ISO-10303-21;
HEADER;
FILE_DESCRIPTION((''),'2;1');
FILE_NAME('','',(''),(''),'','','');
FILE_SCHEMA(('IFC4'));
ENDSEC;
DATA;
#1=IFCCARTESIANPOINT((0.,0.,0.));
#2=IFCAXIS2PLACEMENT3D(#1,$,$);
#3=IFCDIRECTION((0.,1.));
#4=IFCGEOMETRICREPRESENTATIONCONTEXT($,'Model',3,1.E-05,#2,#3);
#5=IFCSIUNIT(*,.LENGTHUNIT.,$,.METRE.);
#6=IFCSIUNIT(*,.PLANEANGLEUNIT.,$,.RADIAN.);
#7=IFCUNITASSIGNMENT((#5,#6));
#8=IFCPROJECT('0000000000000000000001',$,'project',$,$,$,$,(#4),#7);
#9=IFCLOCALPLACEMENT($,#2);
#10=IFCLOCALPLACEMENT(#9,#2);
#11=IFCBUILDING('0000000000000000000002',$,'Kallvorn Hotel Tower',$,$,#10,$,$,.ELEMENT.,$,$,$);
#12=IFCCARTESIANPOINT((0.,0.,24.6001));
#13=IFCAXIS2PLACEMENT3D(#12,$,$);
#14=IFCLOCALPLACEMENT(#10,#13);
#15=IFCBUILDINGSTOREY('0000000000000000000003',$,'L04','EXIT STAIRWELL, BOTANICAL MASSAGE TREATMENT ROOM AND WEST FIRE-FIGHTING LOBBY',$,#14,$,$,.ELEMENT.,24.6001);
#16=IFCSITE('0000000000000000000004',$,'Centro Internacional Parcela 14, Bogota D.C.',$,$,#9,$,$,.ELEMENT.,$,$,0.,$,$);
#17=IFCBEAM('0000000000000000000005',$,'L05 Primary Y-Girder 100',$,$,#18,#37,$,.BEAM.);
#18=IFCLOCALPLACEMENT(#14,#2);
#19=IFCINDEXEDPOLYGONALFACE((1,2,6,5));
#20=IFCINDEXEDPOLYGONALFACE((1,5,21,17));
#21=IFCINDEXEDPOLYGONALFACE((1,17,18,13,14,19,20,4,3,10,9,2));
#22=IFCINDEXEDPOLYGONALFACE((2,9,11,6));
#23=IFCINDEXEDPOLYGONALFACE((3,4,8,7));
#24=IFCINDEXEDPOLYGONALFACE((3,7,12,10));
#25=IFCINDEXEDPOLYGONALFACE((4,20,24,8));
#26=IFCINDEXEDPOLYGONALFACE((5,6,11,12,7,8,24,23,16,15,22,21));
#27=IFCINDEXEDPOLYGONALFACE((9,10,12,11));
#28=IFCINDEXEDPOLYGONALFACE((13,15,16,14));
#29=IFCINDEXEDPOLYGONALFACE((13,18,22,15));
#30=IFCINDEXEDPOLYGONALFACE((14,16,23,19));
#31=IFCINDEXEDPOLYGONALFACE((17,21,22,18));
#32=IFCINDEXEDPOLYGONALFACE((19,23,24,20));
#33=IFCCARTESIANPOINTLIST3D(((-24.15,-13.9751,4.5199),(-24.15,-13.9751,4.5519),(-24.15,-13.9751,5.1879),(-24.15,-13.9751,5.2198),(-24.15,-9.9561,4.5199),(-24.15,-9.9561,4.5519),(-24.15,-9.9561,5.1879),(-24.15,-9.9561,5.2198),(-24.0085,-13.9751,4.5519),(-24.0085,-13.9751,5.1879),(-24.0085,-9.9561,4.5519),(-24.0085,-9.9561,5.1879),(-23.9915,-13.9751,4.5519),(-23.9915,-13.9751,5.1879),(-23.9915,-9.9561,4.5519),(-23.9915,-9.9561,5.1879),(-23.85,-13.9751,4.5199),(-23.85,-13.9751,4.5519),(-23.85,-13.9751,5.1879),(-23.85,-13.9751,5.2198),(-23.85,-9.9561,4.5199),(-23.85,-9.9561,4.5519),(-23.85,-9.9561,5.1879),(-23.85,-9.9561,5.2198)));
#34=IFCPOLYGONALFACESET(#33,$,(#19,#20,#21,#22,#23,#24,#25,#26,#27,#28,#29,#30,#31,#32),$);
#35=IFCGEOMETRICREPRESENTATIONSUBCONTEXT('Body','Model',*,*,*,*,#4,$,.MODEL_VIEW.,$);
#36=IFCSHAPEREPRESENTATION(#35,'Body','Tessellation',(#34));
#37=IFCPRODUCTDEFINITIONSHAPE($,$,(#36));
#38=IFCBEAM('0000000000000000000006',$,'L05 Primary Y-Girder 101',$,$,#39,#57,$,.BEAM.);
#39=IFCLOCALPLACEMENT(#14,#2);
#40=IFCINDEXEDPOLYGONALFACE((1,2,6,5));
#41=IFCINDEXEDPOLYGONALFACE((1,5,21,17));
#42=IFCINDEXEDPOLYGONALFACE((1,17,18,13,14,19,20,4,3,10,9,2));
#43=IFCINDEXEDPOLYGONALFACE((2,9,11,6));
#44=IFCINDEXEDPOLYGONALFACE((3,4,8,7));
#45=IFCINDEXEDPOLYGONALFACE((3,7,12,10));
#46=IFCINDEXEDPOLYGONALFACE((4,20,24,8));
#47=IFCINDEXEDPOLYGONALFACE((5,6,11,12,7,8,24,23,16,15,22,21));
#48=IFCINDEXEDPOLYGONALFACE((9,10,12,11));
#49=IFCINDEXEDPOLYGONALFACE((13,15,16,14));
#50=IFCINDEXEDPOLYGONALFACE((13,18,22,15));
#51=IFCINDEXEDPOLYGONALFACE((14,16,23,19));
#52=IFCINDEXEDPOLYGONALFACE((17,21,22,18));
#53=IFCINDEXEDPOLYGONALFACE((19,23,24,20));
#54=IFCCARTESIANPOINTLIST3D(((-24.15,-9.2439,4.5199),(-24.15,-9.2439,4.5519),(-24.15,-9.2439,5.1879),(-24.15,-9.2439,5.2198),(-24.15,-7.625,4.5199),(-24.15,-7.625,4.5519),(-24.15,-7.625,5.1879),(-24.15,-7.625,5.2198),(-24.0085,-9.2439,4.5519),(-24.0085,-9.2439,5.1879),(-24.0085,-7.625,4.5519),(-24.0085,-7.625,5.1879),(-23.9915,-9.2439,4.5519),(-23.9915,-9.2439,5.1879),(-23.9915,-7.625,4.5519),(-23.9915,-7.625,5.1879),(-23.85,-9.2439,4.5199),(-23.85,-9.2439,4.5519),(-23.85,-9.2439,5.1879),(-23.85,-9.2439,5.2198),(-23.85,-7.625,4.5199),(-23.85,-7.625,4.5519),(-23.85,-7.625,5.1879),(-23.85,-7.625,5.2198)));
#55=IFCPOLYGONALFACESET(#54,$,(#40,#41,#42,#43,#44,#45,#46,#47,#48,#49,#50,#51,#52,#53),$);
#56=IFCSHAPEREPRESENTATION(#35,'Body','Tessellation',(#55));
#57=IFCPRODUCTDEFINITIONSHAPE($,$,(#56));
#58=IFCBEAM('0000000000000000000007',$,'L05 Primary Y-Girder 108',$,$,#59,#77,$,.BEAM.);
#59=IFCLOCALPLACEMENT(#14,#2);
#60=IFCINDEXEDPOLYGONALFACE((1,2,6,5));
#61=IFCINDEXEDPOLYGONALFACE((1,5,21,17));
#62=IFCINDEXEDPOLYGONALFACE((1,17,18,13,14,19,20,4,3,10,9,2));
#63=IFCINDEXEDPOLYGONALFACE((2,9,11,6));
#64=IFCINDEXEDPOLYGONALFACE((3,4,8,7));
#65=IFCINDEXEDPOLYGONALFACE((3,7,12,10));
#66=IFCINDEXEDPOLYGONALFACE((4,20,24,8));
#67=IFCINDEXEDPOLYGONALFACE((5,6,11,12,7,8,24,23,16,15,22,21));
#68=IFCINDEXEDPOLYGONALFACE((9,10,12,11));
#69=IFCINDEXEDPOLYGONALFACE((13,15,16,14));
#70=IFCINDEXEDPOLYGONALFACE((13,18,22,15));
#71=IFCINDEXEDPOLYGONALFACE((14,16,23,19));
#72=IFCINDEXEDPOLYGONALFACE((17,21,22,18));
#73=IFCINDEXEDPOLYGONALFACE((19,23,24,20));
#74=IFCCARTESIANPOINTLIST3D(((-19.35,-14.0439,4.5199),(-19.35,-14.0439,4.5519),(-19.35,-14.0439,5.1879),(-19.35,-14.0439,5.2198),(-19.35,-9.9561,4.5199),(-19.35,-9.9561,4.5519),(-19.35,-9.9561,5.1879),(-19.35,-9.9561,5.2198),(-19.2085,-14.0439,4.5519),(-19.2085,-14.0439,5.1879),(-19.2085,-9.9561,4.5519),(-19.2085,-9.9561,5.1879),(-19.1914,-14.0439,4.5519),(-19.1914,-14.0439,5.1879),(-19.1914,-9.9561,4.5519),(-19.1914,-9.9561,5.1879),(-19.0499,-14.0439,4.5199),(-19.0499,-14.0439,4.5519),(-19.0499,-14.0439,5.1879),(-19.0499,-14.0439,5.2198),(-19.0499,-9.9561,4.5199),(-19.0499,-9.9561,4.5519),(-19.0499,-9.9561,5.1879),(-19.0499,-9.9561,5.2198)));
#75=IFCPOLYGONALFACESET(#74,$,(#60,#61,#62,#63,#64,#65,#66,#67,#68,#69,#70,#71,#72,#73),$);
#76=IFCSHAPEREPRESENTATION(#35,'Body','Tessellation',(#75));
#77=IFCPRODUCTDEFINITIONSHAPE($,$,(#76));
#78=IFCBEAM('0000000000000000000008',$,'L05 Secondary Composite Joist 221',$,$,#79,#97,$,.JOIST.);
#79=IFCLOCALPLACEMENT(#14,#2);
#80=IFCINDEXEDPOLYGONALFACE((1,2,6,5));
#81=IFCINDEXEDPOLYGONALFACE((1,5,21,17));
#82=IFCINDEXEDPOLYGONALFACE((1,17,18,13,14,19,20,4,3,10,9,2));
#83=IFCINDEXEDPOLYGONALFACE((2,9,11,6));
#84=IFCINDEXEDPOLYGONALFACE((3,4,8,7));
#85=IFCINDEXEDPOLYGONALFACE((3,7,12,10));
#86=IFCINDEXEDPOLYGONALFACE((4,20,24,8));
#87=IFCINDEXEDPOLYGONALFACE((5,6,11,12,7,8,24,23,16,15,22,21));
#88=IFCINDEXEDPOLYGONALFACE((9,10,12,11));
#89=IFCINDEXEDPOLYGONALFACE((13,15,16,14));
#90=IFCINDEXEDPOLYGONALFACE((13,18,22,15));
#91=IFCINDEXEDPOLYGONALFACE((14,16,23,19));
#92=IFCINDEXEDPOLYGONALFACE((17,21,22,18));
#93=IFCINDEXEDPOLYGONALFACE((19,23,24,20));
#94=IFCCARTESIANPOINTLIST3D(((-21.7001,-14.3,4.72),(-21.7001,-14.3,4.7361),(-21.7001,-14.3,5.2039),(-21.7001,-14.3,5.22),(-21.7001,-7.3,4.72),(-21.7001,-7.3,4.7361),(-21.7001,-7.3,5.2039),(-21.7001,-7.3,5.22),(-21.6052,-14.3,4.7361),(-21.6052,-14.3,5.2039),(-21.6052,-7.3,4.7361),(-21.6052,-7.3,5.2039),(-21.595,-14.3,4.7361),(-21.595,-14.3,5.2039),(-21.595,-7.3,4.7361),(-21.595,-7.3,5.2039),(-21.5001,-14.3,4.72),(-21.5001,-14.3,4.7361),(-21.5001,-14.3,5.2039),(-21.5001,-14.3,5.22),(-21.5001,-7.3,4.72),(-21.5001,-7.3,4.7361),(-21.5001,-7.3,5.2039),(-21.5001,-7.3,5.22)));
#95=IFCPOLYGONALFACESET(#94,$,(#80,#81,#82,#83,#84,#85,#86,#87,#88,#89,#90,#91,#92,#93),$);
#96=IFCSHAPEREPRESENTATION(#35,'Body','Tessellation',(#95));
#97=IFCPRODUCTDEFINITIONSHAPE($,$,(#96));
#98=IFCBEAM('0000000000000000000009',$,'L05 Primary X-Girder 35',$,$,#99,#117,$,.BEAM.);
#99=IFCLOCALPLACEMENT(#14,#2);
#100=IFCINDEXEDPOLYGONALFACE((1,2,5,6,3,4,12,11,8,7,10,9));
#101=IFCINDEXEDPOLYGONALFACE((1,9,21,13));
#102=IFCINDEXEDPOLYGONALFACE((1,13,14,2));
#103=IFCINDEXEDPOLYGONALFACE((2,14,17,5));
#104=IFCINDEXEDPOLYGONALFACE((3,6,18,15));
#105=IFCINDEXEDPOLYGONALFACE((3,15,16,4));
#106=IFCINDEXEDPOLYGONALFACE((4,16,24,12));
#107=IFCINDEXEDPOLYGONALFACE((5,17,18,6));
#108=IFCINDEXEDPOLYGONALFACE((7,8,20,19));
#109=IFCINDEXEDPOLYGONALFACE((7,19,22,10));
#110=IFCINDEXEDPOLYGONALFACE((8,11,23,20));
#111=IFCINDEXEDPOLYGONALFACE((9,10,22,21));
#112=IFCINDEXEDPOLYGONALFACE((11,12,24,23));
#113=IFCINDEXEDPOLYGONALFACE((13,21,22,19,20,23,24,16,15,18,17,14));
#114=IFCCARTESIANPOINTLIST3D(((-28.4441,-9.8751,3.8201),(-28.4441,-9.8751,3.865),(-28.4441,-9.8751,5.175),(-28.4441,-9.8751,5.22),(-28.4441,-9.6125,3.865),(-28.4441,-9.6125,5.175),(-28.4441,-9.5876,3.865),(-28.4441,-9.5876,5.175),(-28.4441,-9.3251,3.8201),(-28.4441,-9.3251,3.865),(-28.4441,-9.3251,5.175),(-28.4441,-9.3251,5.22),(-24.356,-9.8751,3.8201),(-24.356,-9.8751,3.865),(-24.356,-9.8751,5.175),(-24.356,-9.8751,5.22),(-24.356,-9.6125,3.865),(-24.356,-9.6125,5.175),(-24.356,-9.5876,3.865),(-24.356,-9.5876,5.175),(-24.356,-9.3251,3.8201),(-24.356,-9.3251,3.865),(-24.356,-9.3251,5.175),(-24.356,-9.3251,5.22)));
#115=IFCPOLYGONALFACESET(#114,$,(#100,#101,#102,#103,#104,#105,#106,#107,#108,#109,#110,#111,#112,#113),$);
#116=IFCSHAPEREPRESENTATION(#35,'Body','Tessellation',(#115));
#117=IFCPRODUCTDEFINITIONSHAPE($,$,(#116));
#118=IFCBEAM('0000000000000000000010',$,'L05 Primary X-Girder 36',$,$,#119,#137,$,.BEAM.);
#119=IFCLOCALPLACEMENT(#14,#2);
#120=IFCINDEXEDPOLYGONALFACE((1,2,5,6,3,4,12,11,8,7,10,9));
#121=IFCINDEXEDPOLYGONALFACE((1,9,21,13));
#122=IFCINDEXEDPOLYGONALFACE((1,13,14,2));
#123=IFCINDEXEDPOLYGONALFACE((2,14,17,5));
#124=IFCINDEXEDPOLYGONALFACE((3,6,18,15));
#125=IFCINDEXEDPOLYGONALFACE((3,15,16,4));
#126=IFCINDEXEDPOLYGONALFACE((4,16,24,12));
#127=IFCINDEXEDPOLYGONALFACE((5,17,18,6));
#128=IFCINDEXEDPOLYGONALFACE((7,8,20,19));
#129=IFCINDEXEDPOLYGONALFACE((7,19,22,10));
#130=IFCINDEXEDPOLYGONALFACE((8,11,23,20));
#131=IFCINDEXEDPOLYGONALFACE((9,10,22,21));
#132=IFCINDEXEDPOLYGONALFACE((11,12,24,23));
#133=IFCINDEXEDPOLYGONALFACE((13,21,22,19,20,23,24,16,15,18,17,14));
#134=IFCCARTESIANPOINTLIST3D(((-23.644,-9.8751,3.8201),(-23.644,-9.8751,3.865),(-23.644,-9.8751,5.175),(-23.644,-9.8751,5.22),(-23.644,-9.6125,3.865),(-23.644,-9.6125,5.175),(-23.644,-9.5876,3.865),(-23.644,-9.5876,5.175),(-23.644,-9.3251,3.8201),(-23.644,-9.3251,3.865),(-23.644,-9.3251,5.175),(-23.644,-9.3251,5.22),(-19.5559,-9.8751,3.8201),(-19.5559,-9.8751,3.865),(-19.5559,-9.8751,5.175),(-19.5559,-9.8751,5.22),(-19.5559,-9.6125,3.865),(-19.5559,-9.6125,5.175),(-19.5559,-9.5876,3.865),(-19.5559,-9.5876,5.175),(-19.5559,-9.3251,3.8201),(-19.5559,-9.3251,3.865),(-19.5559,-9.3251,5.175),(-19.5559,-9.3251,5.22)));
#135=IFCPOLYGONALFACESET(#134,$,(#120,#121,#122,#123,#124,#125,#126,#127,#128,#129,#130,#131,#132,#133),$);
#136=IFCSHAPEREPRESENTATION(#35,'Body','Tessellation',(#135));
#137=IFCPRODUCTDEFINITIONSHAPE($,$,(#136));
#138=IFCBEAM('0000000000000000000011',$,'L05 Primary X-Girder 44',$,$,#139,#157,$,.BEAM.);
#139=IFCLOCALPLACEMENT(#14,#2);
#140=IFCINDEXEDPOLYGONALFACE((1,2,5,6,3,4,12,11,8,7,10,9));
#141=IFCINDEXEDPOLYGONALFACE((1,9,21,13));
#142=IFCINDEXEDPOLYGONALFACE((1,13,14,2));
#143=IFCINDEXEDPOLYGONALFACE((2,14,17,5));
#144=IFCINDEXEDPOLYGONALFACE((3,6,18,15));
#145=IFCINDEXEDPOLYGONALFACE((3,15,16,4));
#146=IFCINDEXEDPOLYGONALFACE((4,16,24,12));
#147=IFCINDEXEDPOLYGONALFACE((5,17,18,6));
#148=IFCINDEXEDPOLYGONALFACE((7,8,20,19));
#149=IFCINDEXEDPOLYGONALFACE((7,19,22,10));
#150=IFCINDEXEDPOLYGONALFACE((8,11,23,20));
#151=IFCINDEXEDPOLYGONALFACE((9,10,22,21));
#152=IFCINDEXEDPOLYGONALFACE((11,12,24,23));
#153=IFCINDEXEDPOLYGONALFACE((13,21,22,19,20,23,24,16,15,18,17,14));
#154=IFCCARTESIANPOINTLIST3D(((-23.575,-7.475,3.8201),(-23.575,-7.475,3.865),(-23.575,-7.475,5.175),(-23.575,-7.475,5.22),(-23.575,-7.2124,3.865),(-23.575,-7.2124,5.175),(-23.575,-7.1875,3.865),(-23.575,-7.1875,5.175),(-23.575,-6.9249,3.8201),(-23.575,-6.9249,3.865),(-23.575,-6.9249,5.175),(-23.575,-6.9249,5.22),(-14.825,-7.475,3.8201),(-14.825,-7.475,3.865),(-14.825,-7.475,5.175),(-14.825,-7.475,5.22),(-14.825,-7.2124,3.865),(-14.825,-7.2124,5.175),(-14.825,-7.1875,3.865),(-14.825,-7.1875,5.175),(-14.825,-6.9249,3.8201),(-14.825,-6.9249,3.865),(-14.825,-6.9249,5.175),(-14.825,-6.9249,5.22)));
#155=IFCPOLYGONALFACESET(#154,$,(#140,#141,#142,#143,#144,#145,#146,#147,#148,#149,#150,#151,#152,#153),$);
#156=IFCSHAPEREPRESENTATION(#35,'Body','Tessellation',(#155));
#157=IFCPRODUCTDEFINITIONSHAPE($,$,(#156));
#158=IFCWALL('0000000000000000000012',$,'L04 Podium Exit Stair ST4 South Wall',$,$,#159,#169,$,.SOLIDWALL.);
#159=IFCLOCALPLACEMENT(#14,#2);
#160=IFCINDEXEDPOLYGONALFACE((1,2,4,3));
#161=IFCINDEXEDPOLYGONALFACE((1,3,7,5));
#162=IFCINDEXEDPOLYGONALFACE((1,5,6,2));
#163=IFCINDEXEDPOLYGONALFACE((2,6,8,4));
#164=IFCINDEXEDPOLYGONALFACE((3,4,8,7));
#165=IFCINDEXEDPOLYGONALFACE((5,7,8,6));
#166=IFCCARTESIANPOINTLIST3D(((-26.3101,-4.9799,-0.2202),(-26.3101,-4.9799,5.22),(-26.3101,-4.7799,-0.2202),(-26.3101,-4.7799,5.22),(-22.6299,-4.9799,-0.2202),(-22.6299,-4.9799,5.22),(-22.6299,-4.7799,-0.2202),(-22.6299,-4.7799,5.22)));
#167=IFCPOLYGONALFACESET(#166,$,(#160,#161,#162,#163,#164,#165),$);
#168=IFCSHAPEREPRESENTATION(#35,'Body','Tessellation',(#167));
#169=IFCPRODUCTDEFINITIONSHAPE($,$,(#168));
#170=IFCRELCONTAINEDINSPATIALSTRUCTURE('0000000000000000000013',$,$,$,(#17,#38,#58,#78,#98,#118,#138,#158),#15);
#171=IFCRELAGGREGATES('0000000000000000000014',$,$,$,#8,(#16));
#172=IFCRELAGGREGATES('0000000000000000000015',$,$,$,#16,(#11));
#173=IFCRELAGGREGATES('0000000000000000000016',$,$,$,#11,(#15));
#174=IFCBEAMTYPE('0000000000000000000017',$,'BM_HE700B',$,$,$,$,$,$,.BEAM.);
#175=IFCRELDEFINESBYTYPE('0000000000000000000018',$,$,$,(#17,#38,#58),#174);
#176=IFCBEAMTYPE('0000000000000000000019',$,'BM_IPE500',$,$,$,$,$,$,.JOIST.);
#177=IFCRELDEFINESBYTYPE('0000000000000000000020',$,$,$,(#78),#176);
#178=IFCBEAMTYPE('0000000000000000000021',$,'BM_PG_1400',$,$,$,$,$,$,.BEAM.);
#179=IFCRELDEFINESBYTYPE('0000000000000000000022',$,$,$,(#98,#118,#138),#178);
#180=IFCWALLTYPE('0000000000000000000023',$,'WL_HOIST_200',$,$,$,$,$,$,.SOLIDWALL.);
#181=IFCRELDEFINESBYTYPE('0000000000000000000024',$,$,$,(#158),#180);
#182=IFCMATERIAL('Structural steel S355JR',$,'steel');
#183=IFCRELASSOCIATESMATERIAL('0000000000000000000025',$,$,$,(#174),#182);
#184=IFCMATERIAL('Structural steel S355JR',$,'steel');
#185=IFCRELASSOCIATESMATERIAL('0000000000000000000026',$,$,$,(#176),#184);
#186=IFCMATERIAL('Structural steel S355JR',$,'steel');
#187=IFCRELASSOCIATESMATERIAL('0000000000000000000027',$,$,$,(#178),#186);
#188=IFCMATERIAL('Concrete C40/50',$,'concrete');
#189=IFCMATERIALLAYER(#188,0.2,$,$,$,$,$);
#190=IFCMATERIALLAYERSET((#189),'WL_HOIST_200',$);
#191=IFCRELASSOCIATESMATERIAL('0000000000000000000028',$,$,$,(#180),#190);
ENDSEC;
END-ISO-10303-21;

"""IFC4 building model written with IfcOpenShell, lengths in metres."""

from ifc_helpers import new_model, si_unit, direction, frame, frame_2d, origin, origin_2d, place, context, subcontext, project, spatial, rectangle, i_section, extrude, material, layer, layer_set, material_profile, profile_set, type_object, element, save


model = new_model("IFC4")

# Units and contexts
model_context = context("Model", 3, precision=1e-05, world=origin(), true_north=direction((0.0, 1.0)))
body_context = subcontext(model_context, "Body", "Model", "MODEL_VIEW")
ifc_project = project(units=[si_unit("LENGTHUNIT", "METRE"), si_unit("PLANEANGLEUNIT", "RADIAN")], contexts=[model_context])

# Site, building, storey
site_placement = place(None, origin())
site = spatial("IfcSite", under=ifc_project, at=site_placement, Name="Centro Internacional Parcela 14, Bogota D.C.", CompositionType="ELEMENT", RefElevation=0.0)
building_placement = place(site_placement, origin())
building = spatial("IfcBuilding", under=site, at=building_placement, Name="Kallvorn Hotel Tower", CompositionType="ELEMENT")
storey_placement = place(building_placement, frame((0.0, 0.0, 24.6001)))
storey = spatial("IfcBuildingStorey", under=building, at=storey_placement, Name="L04", Description="EXIT STAIRWELL, BOTANICAL MASSAGE TREATMENT ROOM AND WEST FIRE-FIGHTING LOBBY", CompositionType="ELEMENT", Elevation=24.6001)

# Beams
ifc_material_1 = material(Name="Structural steel S355JR", Category="steel")
ifc_material_profile_1 = material_profile(ifc_material_1, i_section(OverallWidth=0.3, OverallDepth=0.7, WebThickness=0.0171, FlangeThickness=0.032, at=origin_2d()), Name="HE 700 B")
ifc_profile_set_1 = profile_set([ifc_material_profile_1], Name="Structural steel S355JR")
beam_type_1 = type_object("IfcBeamType", Name="BM_HE700B", PredefinedType="BEAM", material=ifc_profile_set_1)
beam_1_placement = place(storey_placement, frame((-24.0, -13.9751, 4.8699), z_axis=(0.0, 1.0, 0.0), x_axis=(-1.0, 0.0, 0.0)))
element("IfcBeam", 1, at=beam_1_placement, inside=storey, type_object=beam_type_1, Name="L05 Primary Y-Girder 100", PredefinedType="BEAM", context=body_context, shape_type="SweptSolid", body=[
    extrude(i_section(OverallWidth=0.3, OverallDepth=0.7, WebThickness=0.0171, FlangeThickness=0.032, at=origin_2d()), origin(), (0.0, 0.0, 1.0), 4.019),
])
beam_2_placement = place(storey_placement, frame((-24.0, -9.2439, 4.8699), z_axis=(0.0, 1.0, 0.0), x_axis=(-1.0, 0.0, 0.0)))
element("IfcBeam", 2, at=beam_2_placement, inside=storey, type_object=beam_type_1, Name="L05 Primary Y-Girder 101", PredefinedType="BEAM", context=body_context, shape_type="SweptSolid", body=[
    extrude(i_section(OverallWidth=0.3, OverallDepth=0.7, WebThickness=0.0171, FlangeThickness=0.032, at=origin_2d()), origin(), (0.0, 0.0, 1.0), 1.6189),
])
beam_3_placement = place(storey_placement, frame((-19.2, -14.0439, 4.8699), z_axis=(0.0, 1.0, 0.0), x_axis=(-1.0, 0.0, 0.0)))
element("IfcBeam", 3, at=beam_3_placement, inside=storey, type_object=beam_type_1, Name="L05 Primary Y-Girder 108", PredefinedType="BEAM", context=body_context, shape_type="SweptSolid", body=[
    extrude(i_section(OverallWidth=0.3, OverallDepth=0.7, WebThickness=0.0171, FlangeThickness=0.032, at=origin_2d()), origin(), (0.0, 0.0, 1.0), 4.0879),
])
ifc_material_2 = material(Name="Structural steel S355JR", Category="steel")
ifc_material_profile_2 = material_profile(ifc_material_2, i_section(OverallWidth=0.2, OverallDepth=0.5, WebThickness=0.0103, FlangeThickness=0.0161, at=origin_2d()), Name="IPE 500")
ifc_profile_set_2 = profile_set([ifc_material_profile_2], Name="Structural steel S355JR")
beam_type_2 = type_object("IfcBeamType", Name="BM_IPE500", PredefinedType="JOIST", material=ifc_profile_set_2)
beam_4_placement = place(storey_placement, frame((-21.6001, -14.3, 4.97), z_axis=(0.0, 1.0, 0.0), x_axis=(-1.0, 0.0, 0.0)))
element("IfcBeam", 4, at=beam_4_placement, inside=storey, type_object=beam_type_2, Name="L05 Secondary Composite Joist 221", PredefinedType="JOIST", context=body_context, shape_type="SweptSolid", body=[
    extrude(i_section(OverallWidth=0.2, OverallDepth=0.5, WebThickness=0.0103, FlangeThickness=0.0161, at=origin_2d()), origin(), (0.0, 0.0, 1.0), 7.0),
])
ifc_material_3 = material(Name="Structural steel S355JR", Category="steel")
ifc_material_profile_3 = material_profile(ifc_material_3, i_section(OverallWidth=0.55, OverallDepth=1.3999, WebThickness=0.0249, FlangeThickness=0.0449, at=origin_2d()), Name="PG 1400x550x25x45")
ifc_profile_set_3 = profile_set([ifc_material_profile_3], Name="Structural steel S355JR")
beam_type_3 = type_object("IfcBeamType", Name="BM_PG_1400", PredefinedType="BEAM", material=ifc_profile_set_3)
for number, where, z_axis, x_axis, name in (
    (5, (-28.4441, -9.6001, 4.52), (1.0, 0.0, 0.0), (0.0, 1.0, 0.0), "L05 Primary X-Girder 35"),
    (6, (-23.644, -9.6001, 4.52), (1.0, 0.0, 0.0), (0.0, 1.0, 0.0), "L05 Primary X-Girder 36"),
):
    element("IfcBeam", number, at=place(storey_placement, frame(where, z_axis=z_axis, x_axis=x_axis)), inside=storey, type_object=beam_type_3, Name=name, PredefinedType="BEAM", context=body_context, shape_type="SweptSolid", body=[
        extrude(i_section(OverallWidth=0.55, OverallDepth=1.3999, WebThickness=0.0249, FlangeThickness=0.0449, at=origin_2d()), origin(), (0.0, 0.0, 1.0), 4.0881),
    ])
beam_5_placement = place(storey_placement, frame((-23.575, -7.2, 4.52), z_axis=(1.0, 0.0, 0.0), x_axis=(0.0, 1.0, 0.0)))
element("IfcBeam", 7, at=beam_5_placement, inside=storey, type_object=beam_type_3, Name="L05 Primary X-Girder 44", PredefinedType="BEAM", context=body_context, shape_type="SweptSolid", body=[
    extrude(i_section(OverallWidth=0.55, OverallDepth=1.3999, WebThickness=0.0249, FlangeThickness=0.0449, at=origin_2d()), origin(), (0.0, 0.0, 1.0), 8.75),
])

# Wall
ifc_material_4 = material(Name="Concrete C40/50", Category="concrete")
ifc_layer_1 = layer(ifc_material_4, 0.2)
ifc_layer_set_1 = layer_set([ifc_layer_1], Name="WL_HOIST_200")
wall_type_1 = type_object("IfcWallType", Name="WL_HOIST_200", PredefinedType="SOLIDWALL", material=ifc_layer_set_1)
wall_1_placement = place(storey_placement, frame((-26.3101, -4.8799, -0.2202), z_axis=(0.0, 0.0, 1.0), x_axis=(1.0, 0.0, 0.0)))
element("IfcWall", 8, at=wall_1_placement, inside=storey, type_object=wall_type_1, Name="L04 Podium Exit Stair ST4 South Wall", PredefinedType="SOLIDWALL", context=body_context, shape_type="SweptSolid", body=[
    extrude(rectangle(XDim=3.6802, YDim=0.2, at=frame_2d((1.8401, 0.0))), origin(), (0.0, 0.0, 1.0), 5.4402),
])

save(model, "model.ifc")
